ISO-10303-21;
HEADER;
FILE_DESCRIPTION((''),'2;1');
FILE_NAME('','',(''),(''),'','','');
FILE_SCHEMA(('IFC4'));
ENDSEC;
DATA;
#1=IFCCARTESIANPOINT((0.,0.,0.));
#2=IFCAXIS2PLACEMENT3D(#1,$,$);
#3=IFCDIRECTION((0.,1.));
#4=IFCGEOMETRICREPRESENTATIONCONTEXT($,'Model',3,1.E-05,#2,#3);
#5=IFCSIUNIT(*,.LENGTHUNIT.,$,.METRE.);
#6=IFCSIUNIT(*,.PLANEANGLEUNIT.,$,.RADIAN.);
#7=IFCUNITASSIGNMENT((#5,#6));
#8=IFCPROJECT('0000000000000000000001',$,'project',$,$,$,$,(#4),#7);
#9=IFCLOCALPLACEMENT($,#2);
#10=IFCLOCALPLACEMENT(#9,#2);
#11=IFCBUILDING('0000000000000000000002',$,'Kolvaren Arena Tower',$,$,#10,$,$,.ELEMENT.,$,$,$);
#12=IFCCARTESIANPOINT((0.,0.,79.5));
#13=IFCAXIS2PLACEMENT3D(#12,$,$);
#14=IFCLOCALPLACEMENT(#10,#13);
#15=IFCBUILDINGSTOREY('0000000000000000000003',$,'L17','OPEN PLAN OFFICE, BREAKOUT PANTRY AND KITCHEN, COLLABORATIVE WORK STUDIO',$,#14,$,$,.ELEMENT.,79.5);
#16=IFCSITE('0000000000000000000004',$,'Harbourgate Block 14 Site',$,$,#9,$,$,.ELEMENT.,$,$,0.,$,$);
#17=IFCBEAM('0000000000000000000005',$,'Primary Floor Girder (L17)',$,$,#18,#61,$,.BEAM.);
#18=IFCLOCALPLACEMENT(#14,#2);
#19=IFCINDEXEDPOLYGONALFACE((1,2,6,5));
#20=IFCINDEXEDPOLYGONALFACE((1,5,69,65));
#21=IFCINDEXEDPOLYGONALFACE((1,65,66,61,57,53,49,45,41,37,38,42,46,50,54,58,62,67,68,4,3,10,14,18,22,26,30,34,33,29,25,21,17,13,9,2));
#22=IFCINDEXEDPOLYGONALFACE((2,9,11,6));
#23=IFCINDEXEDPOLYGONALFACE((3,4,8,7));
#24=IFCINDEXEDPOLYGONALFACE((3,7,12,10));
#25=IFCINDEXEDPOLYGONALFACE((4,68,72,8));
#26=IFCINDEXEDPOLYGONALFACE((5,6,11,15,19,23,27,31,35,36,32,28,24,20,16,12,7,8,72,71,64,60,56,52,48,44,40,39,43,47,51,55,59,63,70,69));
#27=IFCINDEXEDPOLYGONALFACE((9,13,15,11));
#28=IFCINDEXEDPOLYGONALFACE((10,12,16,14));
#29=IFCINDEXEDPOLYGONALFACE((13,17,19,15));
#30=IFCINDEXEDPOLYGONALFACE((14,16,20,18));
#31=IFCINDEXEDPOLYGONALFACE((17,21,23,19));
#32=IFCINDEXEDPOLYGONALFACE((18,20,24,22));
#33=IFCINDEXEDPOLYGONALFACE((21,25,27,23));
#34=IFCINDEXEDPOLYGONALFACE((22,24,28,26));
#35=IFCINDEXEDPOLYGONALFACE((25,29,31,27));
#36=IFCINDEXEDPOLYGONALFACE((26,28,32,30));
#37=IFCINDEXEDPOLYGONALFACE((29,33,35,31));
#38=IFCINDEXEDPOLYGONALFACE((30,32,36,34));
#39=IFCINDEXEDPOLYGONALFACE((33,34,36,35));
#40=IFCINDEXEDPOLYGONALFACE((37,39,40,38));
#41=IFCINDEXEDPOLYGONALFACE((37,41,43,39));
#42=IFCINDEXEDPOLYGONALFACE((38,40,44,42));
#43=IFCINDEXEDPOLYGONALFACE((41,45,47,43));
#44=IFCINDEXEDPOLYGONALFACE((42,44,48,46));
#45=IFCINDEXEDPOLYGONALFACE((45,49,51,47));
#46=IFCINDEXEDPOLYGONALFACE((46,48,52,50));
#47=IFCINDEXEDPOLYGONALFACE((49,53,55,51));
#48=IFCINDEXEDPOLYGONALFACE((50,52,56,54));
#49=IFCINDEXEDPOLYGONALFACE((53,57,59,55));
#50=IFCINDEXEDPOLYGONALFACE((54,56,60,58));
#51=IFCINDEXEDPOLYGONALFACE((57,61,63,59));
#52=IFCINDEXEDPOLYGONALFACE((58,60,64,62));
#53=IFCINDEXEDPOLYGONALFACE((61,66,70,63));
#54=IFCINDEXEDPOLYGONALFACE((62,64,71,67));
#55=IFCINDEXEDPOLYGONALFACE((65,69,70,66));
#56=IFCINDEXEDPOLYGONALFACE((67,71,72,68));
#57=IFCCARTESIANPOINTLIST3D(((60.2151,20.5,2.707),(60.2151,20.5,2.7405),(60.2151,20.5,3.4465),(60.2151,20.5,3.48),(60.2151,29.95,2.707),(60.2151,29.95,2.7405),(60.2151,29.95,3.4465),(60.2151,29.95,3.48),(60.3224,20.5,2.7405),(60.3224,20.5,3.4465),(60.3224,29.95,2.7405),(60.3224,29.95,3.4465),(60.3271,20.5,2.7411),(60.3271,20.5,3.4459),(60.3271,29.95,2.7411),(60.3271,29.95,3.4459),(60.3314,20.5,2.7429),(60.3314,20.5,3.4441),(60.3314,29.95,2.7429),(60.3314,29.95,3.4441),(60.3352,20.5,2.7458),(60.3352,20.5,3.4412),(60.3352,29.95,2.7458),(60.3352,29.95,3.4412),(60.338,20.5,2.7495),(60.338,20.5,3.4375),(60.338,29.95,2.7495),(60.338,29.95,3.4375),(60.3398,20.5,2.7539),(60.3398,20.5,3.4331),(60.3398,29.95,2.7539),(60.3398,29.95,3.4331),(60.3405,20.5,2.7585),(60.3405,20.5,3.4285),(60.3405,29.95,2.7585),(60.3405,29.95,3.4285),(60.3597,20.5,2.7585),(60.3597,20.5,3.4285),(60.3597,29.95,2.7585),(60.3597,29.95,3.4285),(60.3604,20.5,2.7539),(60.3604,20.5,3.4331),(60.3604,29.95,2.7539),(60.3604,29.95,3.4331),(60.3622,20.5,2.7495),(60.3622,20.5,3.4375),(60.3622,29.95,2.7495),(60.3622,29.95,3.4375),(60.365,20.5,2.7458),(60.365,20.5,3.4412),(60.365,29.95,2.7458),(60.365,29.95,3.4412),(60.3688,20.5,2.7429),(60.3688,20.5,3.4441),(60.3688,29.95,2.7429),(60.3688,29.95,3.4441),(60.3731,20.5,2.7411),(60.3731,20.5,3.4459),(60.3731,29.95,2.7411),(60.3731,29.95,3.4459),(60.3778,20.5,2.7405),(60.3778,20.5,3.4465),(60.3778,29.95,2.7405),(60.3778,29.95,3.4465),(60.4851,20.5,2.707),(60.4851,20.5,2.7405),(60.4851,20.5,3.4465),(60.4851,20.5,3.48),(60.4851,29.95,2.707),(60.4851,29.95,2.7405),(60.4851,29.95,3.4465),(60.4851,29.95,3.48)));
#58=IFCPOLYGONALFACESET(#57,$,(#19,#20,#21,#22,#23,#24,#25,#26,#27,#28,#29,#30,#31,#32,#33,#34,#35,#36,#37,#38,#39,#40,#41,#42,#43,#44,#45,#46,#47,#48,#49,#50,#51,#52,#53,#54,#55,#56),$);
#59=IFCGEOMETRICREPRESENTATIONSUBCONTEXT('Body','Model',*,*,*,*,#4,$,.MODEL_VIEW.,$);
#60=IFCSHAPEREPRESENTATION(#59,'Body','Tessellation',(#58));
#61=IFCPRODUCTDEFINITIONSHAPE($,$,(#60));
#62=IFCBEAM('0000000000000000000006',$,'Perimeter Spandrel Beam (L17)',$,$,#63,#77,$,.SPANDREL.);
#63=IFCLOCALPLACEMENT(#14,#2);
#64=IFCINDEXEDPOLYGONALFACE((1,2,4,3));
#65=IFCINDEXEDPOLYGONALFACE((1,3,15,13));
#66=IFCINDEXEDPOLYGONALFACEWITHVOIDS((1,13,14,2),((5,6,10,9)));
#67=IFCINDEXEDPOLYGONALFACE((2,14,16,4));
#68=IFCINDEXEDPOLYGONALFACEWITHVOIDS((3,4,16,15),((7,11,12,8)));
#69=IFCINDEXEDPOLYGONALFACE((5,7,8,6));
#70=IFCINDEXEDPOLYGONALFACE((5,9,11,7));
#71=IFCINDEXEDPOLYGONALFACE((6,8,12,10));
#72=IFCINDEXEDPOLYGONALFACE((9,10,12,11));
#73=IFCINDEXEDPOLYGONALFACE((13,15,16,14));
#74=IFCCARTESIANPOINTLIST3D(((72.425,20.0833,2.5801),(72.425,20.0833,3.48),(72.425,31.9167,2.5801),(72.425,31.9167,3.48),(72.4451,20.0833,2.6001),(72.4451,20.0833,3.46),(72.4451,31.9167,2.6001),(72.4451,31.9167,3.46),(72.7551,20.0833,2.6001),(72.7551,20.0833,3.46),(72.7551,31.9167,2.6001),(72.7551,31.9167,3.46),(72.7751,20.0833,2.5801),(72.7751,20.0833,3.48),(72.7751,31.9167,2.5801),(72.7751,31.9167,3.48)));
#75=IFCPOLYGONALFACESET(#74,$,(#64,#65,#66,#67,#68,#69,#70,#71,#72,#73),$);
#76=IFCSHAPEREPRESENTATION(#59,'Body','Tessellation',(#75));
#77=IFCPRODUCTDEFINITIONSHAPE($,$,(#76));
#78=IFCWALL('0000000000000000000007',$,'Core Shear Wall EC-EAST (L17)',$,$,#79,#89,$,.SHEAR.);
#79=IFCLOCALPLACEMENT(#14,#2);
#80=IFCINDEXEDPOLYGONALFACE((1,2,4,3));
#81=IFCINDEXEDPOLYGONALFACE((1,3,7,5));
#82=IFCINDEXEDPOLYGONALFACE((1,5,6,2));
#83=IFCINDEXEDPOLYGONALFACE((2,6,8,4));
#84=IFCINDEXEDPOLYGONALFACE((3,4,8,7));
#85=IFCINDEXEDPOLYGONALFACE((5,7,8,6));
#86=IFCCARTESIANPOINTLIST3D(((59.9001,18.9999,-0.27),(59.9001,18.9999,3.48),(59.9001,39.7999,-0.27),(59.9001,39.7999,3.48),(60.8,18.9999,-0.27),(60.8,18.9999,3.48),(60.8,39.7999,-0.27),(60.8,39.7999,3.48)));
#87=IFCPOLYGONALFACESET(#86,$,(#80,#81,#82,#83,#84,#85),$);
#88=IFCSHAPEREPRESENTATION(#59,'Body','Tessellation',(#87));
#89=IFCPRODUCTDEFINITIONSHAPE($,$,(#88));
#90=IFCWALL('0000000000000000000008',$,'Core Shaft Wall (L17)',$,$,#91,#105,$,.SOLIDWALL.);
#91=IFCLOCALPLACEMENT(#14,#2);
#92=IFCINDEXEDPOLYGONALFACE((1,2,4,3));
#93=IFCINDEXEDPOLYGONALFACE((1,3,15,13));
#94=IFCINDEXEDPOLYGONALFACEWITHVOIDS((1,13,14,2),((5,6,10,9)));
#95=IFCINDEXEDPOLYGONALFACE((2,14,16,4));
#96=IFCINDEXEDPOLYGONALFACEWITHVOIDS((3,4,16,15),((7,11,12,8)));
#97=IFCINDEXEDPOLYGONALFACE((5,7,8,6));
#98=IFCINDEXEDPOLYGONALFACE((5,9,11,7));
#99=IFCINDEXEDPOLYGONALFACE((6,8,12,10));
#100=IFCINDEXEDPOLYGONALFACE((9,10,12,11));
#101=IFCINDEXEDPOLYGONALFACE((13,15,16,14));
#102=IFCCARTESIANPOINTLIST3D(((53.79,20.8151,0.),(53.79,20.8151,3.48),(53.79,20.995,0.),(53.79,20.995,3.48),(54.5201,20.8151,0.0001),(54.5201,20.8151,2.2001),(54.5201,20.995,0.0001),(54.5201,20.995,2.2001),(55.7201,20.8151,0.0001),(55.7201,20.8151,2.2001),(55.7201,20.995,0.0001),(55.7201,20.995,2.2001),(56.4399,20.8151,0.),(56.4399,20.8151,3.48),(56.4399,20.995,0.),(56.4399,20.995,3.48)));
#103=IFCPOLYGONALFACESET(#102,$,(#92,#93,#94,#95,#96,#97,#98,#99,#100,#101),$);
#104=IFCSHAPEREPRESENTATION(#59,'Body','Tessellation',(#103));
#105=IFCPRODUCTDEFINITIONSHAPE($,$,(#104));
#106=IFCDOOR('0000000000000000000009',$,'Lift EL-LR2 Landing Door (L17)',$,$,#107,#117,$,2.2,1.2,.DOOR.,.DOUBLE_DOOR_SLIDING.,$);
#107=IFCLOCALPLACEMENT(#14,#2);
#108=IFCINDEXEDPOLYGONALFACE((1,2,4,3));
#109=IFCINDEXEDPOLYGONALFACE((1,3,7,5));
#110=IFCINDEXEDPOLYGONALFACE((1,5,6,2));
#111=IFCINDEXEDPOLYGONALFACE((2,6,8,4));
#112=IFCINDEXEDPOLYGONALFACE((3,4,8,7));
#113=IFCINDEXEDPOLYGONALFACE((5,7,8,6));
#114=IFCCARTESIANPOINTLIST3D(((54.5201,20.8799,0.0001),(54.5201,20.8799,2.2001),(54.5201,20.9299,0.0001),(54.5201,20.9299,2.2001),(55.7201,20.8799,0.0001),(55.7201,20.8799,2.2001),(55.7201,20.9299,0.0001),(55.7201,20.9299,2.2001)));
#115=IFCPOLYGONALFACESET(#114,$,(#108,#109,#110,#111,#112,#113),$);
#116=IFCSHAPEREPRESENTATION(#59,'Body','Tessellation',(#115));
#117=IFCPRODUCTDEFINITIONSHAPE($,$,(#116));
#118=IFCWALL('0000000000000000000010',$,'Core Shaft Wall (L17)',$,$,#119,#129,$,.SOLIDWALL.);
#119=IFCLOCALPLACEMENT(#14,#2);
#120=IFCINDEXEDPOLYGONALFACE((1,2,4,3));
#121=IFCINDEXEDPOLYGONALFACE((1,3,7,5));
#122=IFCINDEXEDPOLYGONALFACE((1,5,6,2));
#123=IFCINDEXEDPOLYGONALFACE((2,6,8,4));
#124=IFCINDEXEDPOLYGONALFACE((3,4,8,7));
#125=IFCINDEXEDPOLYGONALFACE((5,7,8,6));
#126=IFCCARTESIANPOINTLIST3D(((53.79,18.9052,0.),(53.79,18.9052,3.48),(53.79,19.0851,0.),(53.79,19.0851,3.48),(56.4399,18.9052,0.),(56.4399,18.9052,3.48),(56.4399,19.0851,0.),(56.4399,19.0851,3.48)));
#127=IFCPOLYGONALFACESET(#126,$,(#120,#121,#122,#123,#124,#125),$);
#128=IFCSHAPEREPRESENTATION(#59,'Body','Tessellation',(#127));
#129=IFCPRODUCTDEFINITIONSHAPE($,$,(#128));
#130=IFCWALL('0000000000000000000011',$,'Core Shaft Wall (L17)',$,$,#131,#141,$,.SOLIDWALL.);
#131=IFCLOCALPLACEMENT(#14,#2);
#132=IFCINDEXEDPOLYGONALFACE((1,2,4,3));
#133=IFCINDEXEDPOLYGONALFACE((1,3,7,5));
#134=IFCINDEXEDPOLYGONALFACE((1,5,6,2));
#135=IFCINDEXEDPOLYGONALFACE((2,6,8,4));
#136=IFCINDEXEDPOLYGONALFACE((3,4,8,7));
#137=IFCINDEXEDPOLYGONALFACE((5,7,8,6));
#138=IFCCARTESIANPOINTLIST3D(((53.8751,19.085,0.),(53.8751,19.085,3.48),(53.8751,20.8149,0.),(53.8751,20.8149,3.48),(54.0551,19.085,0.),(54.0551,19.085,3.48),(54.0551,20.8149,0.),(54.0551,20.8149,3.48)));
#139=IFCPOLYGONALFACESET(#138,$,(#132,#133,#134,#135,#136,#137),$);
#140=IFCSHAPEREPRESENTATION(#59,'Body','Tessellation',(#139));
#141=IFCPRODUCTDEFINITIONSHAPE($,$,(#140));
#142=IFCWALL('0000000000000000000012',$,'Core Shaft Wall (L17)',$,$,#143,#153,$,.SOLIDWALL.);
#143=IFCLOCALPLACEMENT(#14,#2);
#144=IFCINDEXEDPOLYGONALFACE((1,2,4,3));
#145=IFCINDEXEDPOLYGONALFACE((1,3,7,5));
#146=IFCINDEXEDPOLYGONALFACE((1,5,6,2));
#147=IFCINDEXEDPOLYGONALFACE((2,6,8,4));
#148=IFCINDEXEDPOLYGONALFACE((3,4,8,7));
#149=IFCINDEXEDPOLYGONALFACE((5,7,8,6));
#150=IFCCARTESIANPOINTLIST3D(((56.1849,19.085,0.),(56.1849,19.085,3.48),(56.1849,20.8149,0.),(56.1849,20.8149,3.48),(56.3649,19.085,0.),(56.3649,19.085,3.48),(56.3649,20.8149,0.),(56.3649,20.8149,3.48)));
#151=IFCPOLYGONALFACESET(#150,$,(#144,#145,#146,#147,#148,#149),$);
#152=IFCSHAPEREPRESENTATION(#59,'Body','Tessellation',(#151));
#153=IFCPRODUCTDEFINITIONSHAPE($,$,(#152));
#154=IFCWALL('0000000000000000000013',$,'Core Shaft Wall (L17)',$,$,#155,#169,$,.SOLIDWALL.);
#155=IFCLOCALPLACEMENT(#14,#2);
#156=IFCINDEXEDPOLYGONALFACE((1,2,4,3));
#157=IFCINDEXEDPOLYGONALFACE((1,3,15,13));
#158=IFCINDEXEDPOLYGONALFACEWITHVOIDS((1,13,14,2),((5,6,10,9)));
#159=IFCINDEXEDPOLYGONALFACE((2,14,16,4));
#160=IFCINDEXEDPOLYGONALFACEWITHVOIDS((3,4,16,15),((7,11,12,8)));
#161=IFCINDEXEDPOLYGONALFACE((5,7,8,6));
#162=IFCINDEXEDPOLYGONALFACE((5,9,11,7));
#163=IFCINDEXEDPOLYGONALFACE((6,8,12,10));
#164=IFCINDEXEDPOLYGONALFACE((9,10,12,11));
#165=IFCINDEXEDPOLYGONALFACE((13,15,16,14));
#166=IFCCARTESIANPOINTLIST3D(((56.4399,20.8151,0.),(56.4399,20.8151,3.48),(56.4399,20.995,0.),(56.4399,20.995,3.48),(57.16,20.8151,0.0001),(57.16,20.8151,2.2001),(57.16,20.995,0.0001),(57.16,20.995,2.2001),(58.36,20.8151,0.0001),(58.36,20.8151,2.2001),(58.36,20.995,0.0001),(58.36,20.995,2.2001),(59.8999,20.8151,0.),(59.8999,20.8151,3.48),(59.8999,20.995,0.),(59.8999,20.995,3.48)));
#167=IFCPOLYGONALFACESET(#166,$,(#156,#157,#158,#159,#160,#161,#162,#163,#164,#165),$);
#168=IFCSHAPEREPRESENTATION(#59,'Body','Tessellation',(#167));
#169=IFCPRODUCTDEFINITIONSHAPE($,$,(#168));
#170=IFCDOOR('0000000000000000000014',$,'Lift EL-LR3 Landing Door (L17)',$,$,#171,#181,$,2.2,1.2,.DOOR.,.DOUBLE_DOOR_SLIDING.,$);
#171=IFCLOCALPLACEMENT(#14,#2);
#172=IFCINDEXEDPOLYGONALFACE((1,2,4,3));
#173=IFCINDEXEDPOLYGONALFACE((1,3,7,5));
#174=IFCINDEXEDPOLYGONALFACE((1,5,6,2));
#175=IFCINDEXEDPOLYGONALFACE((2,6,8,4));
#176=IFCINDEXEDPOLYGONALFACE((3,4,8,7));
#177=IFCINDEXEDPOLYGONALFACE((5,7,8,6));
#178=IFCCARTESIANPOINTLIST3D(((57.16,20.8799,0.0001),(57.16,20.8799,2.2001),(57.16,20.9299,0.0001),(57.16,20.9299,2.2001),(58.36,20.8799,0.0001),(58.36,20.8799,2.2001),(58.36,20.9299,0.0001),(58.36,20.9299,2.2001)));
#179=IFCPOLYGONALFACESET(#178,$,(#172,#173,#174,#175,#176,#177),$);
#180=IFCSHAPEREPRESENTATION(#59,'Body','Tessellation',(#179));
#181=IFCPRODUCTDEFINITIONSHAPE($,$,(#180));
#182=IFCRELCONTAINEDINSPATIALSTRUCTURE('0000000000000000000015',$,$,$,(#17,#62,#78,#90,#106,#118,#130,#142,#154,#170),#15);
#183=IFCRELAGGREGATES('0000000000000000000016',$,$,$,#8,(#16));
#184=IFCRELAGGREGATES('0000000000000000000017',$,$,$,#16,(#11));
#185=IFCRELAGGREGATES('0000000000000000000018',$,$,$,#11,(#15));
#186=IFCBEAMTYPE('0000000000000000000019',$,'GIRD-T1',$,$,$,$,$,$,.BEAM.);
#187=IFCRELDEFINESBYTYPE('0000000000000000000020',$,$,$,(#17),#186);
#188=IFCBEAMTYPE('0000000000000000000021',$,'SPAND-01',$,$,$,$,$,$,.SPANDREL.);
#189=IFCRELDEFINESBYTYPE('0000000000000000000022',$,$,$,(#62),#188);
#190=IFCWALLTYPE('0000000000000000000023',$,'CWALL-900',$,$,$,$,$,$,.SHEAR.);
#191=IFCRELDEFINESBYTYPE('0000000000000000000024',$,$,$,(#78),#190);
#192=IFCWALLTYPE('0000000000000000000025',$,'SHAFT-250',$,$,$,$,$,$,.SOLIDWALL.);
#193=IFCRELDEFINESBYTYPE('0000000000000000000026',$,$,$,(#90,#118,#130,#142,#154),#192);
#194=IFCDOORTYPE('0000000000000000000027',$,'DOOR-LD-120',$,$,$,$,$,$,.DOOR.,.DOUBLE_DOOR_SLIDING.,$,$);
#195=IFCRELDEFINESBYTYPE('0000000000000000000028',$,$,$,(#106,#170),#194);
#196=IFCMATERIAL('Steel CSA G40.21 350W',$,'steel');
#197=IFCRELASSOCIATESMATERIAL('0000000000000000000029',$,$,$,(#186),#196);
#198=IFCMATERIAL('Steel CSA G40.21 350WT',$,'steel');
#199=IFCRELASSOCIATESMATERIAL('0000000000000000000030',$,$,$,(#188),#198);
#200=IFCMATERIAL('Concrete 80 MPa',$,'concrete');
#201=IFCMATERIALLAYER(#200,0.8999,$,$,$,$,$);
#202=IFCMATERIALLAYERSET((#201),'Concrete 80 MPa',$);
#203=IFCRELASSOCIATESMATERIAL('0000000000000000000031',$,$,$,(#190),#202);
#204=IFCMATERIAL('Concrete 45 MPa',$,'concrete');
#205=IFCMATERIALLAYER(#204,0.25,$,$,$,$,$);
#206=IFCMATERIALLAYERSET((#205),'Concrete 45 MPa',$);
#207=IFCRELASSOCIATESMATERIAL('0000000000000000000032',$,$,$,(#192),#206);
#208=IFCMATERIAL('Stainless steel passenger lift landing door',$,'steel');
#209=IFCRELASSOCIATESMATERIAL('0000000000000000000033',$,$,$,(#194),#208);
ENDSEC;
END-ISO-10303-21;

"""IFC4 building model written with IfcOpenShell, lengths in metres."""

from ifc_helpers import new_model, si_unit, direction, frame, frame_2d, origin, origin_2d, place, context, subcontext, project, spatial, rectangle, hollow_rectangle, i_section, extrude, material, layer, layer_set, material_profile, profile_set, type_object, element, fill, save


model = new_model("IFC4")

# Units and contexts
model_context = context("Model", 3, precision=1e-05, world=origin(), true_north=direction((0.0, 1.0)))
body_context = subcontext(model_context, "Body", "Model", "MODEL_VIEW")
ifc_project = project(units=[si_unit("LENGTHUNIT", "METRE"), si_unit("PLANEANGLEUNIT", "RADIAN")], contexts=[model_context])

# Site, building, storey
site_placement = place(None, origin())
site = spatial("IfcSite", under=ifc_project, at=site_placement, Name="Harbourgate Block 14 Site", CompositionType="ELEMENT", RefElevation=0.0)
building_placement = place(site_placement, origin())
building = spatial("IfcBuilding", under=site, at=building_placement, Name="Kolvaren Arena Tower", CompositionType="ELEMENT")
storey_placement = place(building_placement, frame((0.0, 0.0, 79.5)))
storey = spatial("IfcBuildingStorey", under=building, at=storey_placement, Name="L17", Description="OPEN PLAN OFFICE, BREAKOUT PANTRY AND KITCHEN, COLLABORATIVE WORK STUDIO", CompositionType="ELEMENT", Elevation=79.5)

# Beams
ifc_material_1 = material(Name="Steel CSA G40.21 350W", Category="steel")
ifc_material_profile_1 = material_profile(ifc_material_1, i_section(OverallWidth=0.27, OverallDepth=0.7729, WebThickness=0.0193, FlangeThickness=0.0334, FilletRadius=0.0181, at=origin_2d()), Name="W760x257")
ifc_profile_set_1 = profile_set([ifc_material_profile_1], Name="Steel CSA G40.21 350W")
beam_type_1 = type_object("IfcBeamType", Name="GIRD-T1", PredefinedType="BEAM", material=ifc_profile_set_1)
beam_1_placement = place(storey_placement, frame((60.3501, 20.5, 3.0935), z_axis=(0.0, 1.0, 0.0), x_axis=(-1.0, 0.0, 0.0)))
element("IfcBeam", 1, at=beam_1_placement, inside=storey, type_object=beam_type_1, Name="Primary Floor Girder (L17)", PredefinedType="BEAM", context=body_context, shape_type="SweptSolid", body=[
    extrude(i_section(OverallWidth=0.27, OverallDepth=0.7729, WebThickness=0.0193, FlangeThickness=0.0334, FilletRadius=0.0181, at=origin_2d()), origin(), (0.0, 0.0, 1.0), 9.45),
])
ifc_material_2 = material(Name="Steel CSA G40.21 350WT", Category="steel")
ifc_material_profile_2 = material_profile(ifc_material_2, hollow_rectangle(XDim=0.3501, YDim=0.8999, WallThickness=0.02, at=origin_2d()), Name="HSS 900x350x20")
ifc_profile_set_2 = profile_set([ifc_material_profile_2], Name="Steel CSA G40.21 350WT")
beam_type_2 = type_object("IfcBeamType", Name="SPAND-01", PredefinedType="SPANDREL", material=ifc_profile_set_2)
beam_2_placement = place(storey_placement, frame((72.6001, 20.0833, 3.03), z_axis=(0.0, 1.0, 0.0), x_axis=(-1.0, 0.0, 0.0)))
element("IfcBeam", 2, at=beam_2_placement, inside=storey, type_object=beam_type_2, Name="Perimeter Spandrel Beam (L17)", PredefinedType="SPANDREL", context=body_context, shape_type="SweptSolid", body=[
    extrude(hollow_rectangle(XDim=0.3501, YDim=0.8999, WallThickness=0.02, at=origin_2d()), origin(), (0.0, 0.0, 1.0), 11.8335),
])

# Wall
ifc_material_3 = material(Name="Concrete 80 MPa", Category="concrete")
ifc_layer_1 = layer(ifc_material_3, 0.8999)
ifc_layer_set_1 = layer_set([ifc_layer_1], Name="Concrete 80 MPa")
wall_type_1 = type_object("IfcWallType", Name="CWALL-900", PredefinedType="SHEAR", material=ifc_layer_set_1)
wall_1_placement = place(storey_placement, frame((60.3501, 19.0, -0.27), z_axis=(0.0, 0.0, 1.0), x_axis=(0.0, 1.0, 0.0)))
element("IfcWall", 3, at=wall_1_placement, inside=storey, type_object=wall_type_1, Name="Core Shear Wall EC-EAST (L17)", PredefinedType="SHEAR", context=body_context, shape_type="SweptSolid", body=[
    extrude(rectangle(XDim=20.8, YDim=0.8999, at=frame_2d((10.3999, 0.0))), origin(), (0.0, 0.0, 1.0), 3.75),
])

# Wall, opening, door
ifc_material_4 = material(Name="Concrete 45 MPa", Category="concrete")
ifc_layer_2 = layer(ifc_material_4, 0.25)
ifc_layer_set_2 = layer_set([ifc_layer_2], Name="Concrete 45 MPa")
wall_type_2 = type_object("IfcWallType", Name="SHAFT-250", PredefinedType="SOLIDWALL", material=ifc_layer_set_2)
wall_2_placement = place(storey_placement, frame((53.79, 20.905, 0.0), z_axis=(0.0, 0.0, 1.0), x_axis=(1.0, 0.0, 0.0)))
wall_2 = element("IfcWall", 4, at=wall_2_placement, inside=storey, type_object=wall_type_2, Name="Core Shaft Wall (L17)", PredefinedType="SOLIDWALL", context=body_context, shape_type="SweptSolid", body=[
    extrude(rectangle(XDim=2.6499, YDim=0.1799, at=frame_2d((1.325, 0.0))), origin(), (0.0, 0.0, 1.0), 3.48),
])
opening_1_placement = place(wall_2_placement, frame((0.73, 0.0, 0.0)))
opening_1 = element("IfcOpeningElement", 5, at=opening_1_placement, cuts=wall_2, PredefinedType="OPENING", context=body_context, shape_type="SweptSolid", body=[
    extrude(rectangle(XDim=1.2, YDim=2.2, at=frame_2d((0.6001, 1.1001))), frame((0.0, 0.0999, 0.0), z_axis=(0.0, -1.0, 0.0), x_axis=(1.0, 0.0, 0.0)), (0.0, 0.0, 1.0), 0.2),
])
ifc_material_5 = material(Name="Stainless steel passenger lift landing door", Category="steel")
door_type = type_object("IfcDoorType", Name="DOOR-LD-120", OperationType="DOUBLE_DOOR_SLIDING", PredefinedType="DOOR", material=ifc_material_5)
door_1_placement = place(opening_1_placement, origin())
door_1 = element("IfcDoor", 6, at=door_1_placement, inside=storey, type_object=door_type, Name="Lift EL-LR2 Landing Door (L17)", OperationType="DOUBLE_DOOR_SLIDING", OverallHeight=2.2, OverallWidth=1.2, PredefinedType="DOOR", context=body_context, shape_type="SweptSolid", body=[
    extrude(rectangle(XDim=1.2, YDim=2.2, at=frame_2d((0.6001, 1.1001))), frame((0.0, 0.0249, 0.0), z_axis=(0.0, -1.0, 0.0), x_axis=(1.0, 0.0, 0.0)), (0.0, 0.0, 1.0), 0.05),
])
fill(opening_1, door_1)

# Walls
wall_3_placement = place(storey_placement, frame((53.79, 18.9951, 0.0), z_axis=(0.0, 0.0, 1.0), x_axis=(1.0, 0.0, 0.0)))
element("IfcWall", 7, at=wall_3_placement, inside=storey, type_object=wall_type_2, Name="Core Shaft Wall (L17)", PredefinedType="SOLIDWALL", context=body_context, shape_type="SweptSolid", body=[
    extrude(rectangle(XDim=2.6499, YDim=0.1799, at=frame_2d((1.325, 0.0))), origin(), (0.0, 0.0, 1.0), 3.48),
])
for number, where, z_axis, x_axis, name in (
    (8, (53.9651, 19.085, 0.0), (0.0, 0.0, 1.0), (0.0, 1.0, 0.0), "Core Shaft Wall (L17)"),
    (9, (56.2749, 19.085, 0.0), (0.0, 0.0, 1.0), (0.0, 1.0, 0.0), "Core Shaft Wall (L17)"),
):
    element("IfcWall", number, at=place(storey_placement, frame(where, z_axis=z_axis, x_axis=x_axis)), inside=storey, type_object=wall_type_2, Name=name, PredefinedType="SOLIDWALL", context=body_context, shape_type="SweptSolid", body=[
        extrude(rectangle(XDim=1.73, YDim=0.1799, at=frame_2d((0.865, 0.0))), origin(), (0.0, 0.0, 1.0), 3.48),
    ])

# Wall, opening, door
wall_4_placement = place(storey_placement, frame((56.4399, 20.905, 0.0), z_axis=(0.0, 0.0, 1.0), x_axis=(1.0, 0.0, 0.0)))
wall_4 = element("IfcWall", 10, at=wall_4_placement, inside=storey, type_object=wall_type_2, Name="Core Shaft Wall (L17)", PredefinedType="SOLIDWALL", context=body_context, shape_type="SweptSolid", body=[
    extrude(rectangle(XDim=3.46, YDim=0.1799, at=frame_2d((1.73, 0.0))), origin(), (0.0, 0.0, 1.0), 3.48),
])
opening_2_placement = place(wall_4_placement, frame((0.72, 0.0, 0.0)))
opening_2 = element("IfcOpeningElement", 11, at=opening_2_placement, cuts=wall_4, PredefinedType="OPENING", context=body_context, shape_type="SweptSolid", body=[
    extrude(rectangle(XDim=1.2, YDim=2.2, at=frame_2d((0.6001, 1.1001))), frame((0.0, 0.0999, 0.0), z_axis=(0.0, -1.0, 0.0), x_axis=(1.0, 0.0, 0.0)), (0.0, 0.0, 1.0), 0.2),
])
door_2_placement = place(opening_2_placement, origin())
door_2 = element("IfcDoor", 12, at=door_2_placement, inside=storey, type_object=door_type, Name="Lift EL-LR3 Landing Door (L17)", OperationType="DOUBLE_DOOR_SLIDING", OverallHeight=2.2, OverallWidth=1.2, PredefinedType="DOOR", context=body_context, shape_type="SweptSolid", body=[
    extrude(rectangle(XDim=1.2, YDim=2.2, at=frame_2d((0.6001, 1.1001))), frame((0.0, 0.0249, 0.0), z_axis=(0.0, -1.0, 0.0), x_axis=(1.0, 0.0, 0.0)), (0.0, 0.0, 1.0), 0.05),
])
fill(opening_2, door_2)

save(model, "model.ifc")
